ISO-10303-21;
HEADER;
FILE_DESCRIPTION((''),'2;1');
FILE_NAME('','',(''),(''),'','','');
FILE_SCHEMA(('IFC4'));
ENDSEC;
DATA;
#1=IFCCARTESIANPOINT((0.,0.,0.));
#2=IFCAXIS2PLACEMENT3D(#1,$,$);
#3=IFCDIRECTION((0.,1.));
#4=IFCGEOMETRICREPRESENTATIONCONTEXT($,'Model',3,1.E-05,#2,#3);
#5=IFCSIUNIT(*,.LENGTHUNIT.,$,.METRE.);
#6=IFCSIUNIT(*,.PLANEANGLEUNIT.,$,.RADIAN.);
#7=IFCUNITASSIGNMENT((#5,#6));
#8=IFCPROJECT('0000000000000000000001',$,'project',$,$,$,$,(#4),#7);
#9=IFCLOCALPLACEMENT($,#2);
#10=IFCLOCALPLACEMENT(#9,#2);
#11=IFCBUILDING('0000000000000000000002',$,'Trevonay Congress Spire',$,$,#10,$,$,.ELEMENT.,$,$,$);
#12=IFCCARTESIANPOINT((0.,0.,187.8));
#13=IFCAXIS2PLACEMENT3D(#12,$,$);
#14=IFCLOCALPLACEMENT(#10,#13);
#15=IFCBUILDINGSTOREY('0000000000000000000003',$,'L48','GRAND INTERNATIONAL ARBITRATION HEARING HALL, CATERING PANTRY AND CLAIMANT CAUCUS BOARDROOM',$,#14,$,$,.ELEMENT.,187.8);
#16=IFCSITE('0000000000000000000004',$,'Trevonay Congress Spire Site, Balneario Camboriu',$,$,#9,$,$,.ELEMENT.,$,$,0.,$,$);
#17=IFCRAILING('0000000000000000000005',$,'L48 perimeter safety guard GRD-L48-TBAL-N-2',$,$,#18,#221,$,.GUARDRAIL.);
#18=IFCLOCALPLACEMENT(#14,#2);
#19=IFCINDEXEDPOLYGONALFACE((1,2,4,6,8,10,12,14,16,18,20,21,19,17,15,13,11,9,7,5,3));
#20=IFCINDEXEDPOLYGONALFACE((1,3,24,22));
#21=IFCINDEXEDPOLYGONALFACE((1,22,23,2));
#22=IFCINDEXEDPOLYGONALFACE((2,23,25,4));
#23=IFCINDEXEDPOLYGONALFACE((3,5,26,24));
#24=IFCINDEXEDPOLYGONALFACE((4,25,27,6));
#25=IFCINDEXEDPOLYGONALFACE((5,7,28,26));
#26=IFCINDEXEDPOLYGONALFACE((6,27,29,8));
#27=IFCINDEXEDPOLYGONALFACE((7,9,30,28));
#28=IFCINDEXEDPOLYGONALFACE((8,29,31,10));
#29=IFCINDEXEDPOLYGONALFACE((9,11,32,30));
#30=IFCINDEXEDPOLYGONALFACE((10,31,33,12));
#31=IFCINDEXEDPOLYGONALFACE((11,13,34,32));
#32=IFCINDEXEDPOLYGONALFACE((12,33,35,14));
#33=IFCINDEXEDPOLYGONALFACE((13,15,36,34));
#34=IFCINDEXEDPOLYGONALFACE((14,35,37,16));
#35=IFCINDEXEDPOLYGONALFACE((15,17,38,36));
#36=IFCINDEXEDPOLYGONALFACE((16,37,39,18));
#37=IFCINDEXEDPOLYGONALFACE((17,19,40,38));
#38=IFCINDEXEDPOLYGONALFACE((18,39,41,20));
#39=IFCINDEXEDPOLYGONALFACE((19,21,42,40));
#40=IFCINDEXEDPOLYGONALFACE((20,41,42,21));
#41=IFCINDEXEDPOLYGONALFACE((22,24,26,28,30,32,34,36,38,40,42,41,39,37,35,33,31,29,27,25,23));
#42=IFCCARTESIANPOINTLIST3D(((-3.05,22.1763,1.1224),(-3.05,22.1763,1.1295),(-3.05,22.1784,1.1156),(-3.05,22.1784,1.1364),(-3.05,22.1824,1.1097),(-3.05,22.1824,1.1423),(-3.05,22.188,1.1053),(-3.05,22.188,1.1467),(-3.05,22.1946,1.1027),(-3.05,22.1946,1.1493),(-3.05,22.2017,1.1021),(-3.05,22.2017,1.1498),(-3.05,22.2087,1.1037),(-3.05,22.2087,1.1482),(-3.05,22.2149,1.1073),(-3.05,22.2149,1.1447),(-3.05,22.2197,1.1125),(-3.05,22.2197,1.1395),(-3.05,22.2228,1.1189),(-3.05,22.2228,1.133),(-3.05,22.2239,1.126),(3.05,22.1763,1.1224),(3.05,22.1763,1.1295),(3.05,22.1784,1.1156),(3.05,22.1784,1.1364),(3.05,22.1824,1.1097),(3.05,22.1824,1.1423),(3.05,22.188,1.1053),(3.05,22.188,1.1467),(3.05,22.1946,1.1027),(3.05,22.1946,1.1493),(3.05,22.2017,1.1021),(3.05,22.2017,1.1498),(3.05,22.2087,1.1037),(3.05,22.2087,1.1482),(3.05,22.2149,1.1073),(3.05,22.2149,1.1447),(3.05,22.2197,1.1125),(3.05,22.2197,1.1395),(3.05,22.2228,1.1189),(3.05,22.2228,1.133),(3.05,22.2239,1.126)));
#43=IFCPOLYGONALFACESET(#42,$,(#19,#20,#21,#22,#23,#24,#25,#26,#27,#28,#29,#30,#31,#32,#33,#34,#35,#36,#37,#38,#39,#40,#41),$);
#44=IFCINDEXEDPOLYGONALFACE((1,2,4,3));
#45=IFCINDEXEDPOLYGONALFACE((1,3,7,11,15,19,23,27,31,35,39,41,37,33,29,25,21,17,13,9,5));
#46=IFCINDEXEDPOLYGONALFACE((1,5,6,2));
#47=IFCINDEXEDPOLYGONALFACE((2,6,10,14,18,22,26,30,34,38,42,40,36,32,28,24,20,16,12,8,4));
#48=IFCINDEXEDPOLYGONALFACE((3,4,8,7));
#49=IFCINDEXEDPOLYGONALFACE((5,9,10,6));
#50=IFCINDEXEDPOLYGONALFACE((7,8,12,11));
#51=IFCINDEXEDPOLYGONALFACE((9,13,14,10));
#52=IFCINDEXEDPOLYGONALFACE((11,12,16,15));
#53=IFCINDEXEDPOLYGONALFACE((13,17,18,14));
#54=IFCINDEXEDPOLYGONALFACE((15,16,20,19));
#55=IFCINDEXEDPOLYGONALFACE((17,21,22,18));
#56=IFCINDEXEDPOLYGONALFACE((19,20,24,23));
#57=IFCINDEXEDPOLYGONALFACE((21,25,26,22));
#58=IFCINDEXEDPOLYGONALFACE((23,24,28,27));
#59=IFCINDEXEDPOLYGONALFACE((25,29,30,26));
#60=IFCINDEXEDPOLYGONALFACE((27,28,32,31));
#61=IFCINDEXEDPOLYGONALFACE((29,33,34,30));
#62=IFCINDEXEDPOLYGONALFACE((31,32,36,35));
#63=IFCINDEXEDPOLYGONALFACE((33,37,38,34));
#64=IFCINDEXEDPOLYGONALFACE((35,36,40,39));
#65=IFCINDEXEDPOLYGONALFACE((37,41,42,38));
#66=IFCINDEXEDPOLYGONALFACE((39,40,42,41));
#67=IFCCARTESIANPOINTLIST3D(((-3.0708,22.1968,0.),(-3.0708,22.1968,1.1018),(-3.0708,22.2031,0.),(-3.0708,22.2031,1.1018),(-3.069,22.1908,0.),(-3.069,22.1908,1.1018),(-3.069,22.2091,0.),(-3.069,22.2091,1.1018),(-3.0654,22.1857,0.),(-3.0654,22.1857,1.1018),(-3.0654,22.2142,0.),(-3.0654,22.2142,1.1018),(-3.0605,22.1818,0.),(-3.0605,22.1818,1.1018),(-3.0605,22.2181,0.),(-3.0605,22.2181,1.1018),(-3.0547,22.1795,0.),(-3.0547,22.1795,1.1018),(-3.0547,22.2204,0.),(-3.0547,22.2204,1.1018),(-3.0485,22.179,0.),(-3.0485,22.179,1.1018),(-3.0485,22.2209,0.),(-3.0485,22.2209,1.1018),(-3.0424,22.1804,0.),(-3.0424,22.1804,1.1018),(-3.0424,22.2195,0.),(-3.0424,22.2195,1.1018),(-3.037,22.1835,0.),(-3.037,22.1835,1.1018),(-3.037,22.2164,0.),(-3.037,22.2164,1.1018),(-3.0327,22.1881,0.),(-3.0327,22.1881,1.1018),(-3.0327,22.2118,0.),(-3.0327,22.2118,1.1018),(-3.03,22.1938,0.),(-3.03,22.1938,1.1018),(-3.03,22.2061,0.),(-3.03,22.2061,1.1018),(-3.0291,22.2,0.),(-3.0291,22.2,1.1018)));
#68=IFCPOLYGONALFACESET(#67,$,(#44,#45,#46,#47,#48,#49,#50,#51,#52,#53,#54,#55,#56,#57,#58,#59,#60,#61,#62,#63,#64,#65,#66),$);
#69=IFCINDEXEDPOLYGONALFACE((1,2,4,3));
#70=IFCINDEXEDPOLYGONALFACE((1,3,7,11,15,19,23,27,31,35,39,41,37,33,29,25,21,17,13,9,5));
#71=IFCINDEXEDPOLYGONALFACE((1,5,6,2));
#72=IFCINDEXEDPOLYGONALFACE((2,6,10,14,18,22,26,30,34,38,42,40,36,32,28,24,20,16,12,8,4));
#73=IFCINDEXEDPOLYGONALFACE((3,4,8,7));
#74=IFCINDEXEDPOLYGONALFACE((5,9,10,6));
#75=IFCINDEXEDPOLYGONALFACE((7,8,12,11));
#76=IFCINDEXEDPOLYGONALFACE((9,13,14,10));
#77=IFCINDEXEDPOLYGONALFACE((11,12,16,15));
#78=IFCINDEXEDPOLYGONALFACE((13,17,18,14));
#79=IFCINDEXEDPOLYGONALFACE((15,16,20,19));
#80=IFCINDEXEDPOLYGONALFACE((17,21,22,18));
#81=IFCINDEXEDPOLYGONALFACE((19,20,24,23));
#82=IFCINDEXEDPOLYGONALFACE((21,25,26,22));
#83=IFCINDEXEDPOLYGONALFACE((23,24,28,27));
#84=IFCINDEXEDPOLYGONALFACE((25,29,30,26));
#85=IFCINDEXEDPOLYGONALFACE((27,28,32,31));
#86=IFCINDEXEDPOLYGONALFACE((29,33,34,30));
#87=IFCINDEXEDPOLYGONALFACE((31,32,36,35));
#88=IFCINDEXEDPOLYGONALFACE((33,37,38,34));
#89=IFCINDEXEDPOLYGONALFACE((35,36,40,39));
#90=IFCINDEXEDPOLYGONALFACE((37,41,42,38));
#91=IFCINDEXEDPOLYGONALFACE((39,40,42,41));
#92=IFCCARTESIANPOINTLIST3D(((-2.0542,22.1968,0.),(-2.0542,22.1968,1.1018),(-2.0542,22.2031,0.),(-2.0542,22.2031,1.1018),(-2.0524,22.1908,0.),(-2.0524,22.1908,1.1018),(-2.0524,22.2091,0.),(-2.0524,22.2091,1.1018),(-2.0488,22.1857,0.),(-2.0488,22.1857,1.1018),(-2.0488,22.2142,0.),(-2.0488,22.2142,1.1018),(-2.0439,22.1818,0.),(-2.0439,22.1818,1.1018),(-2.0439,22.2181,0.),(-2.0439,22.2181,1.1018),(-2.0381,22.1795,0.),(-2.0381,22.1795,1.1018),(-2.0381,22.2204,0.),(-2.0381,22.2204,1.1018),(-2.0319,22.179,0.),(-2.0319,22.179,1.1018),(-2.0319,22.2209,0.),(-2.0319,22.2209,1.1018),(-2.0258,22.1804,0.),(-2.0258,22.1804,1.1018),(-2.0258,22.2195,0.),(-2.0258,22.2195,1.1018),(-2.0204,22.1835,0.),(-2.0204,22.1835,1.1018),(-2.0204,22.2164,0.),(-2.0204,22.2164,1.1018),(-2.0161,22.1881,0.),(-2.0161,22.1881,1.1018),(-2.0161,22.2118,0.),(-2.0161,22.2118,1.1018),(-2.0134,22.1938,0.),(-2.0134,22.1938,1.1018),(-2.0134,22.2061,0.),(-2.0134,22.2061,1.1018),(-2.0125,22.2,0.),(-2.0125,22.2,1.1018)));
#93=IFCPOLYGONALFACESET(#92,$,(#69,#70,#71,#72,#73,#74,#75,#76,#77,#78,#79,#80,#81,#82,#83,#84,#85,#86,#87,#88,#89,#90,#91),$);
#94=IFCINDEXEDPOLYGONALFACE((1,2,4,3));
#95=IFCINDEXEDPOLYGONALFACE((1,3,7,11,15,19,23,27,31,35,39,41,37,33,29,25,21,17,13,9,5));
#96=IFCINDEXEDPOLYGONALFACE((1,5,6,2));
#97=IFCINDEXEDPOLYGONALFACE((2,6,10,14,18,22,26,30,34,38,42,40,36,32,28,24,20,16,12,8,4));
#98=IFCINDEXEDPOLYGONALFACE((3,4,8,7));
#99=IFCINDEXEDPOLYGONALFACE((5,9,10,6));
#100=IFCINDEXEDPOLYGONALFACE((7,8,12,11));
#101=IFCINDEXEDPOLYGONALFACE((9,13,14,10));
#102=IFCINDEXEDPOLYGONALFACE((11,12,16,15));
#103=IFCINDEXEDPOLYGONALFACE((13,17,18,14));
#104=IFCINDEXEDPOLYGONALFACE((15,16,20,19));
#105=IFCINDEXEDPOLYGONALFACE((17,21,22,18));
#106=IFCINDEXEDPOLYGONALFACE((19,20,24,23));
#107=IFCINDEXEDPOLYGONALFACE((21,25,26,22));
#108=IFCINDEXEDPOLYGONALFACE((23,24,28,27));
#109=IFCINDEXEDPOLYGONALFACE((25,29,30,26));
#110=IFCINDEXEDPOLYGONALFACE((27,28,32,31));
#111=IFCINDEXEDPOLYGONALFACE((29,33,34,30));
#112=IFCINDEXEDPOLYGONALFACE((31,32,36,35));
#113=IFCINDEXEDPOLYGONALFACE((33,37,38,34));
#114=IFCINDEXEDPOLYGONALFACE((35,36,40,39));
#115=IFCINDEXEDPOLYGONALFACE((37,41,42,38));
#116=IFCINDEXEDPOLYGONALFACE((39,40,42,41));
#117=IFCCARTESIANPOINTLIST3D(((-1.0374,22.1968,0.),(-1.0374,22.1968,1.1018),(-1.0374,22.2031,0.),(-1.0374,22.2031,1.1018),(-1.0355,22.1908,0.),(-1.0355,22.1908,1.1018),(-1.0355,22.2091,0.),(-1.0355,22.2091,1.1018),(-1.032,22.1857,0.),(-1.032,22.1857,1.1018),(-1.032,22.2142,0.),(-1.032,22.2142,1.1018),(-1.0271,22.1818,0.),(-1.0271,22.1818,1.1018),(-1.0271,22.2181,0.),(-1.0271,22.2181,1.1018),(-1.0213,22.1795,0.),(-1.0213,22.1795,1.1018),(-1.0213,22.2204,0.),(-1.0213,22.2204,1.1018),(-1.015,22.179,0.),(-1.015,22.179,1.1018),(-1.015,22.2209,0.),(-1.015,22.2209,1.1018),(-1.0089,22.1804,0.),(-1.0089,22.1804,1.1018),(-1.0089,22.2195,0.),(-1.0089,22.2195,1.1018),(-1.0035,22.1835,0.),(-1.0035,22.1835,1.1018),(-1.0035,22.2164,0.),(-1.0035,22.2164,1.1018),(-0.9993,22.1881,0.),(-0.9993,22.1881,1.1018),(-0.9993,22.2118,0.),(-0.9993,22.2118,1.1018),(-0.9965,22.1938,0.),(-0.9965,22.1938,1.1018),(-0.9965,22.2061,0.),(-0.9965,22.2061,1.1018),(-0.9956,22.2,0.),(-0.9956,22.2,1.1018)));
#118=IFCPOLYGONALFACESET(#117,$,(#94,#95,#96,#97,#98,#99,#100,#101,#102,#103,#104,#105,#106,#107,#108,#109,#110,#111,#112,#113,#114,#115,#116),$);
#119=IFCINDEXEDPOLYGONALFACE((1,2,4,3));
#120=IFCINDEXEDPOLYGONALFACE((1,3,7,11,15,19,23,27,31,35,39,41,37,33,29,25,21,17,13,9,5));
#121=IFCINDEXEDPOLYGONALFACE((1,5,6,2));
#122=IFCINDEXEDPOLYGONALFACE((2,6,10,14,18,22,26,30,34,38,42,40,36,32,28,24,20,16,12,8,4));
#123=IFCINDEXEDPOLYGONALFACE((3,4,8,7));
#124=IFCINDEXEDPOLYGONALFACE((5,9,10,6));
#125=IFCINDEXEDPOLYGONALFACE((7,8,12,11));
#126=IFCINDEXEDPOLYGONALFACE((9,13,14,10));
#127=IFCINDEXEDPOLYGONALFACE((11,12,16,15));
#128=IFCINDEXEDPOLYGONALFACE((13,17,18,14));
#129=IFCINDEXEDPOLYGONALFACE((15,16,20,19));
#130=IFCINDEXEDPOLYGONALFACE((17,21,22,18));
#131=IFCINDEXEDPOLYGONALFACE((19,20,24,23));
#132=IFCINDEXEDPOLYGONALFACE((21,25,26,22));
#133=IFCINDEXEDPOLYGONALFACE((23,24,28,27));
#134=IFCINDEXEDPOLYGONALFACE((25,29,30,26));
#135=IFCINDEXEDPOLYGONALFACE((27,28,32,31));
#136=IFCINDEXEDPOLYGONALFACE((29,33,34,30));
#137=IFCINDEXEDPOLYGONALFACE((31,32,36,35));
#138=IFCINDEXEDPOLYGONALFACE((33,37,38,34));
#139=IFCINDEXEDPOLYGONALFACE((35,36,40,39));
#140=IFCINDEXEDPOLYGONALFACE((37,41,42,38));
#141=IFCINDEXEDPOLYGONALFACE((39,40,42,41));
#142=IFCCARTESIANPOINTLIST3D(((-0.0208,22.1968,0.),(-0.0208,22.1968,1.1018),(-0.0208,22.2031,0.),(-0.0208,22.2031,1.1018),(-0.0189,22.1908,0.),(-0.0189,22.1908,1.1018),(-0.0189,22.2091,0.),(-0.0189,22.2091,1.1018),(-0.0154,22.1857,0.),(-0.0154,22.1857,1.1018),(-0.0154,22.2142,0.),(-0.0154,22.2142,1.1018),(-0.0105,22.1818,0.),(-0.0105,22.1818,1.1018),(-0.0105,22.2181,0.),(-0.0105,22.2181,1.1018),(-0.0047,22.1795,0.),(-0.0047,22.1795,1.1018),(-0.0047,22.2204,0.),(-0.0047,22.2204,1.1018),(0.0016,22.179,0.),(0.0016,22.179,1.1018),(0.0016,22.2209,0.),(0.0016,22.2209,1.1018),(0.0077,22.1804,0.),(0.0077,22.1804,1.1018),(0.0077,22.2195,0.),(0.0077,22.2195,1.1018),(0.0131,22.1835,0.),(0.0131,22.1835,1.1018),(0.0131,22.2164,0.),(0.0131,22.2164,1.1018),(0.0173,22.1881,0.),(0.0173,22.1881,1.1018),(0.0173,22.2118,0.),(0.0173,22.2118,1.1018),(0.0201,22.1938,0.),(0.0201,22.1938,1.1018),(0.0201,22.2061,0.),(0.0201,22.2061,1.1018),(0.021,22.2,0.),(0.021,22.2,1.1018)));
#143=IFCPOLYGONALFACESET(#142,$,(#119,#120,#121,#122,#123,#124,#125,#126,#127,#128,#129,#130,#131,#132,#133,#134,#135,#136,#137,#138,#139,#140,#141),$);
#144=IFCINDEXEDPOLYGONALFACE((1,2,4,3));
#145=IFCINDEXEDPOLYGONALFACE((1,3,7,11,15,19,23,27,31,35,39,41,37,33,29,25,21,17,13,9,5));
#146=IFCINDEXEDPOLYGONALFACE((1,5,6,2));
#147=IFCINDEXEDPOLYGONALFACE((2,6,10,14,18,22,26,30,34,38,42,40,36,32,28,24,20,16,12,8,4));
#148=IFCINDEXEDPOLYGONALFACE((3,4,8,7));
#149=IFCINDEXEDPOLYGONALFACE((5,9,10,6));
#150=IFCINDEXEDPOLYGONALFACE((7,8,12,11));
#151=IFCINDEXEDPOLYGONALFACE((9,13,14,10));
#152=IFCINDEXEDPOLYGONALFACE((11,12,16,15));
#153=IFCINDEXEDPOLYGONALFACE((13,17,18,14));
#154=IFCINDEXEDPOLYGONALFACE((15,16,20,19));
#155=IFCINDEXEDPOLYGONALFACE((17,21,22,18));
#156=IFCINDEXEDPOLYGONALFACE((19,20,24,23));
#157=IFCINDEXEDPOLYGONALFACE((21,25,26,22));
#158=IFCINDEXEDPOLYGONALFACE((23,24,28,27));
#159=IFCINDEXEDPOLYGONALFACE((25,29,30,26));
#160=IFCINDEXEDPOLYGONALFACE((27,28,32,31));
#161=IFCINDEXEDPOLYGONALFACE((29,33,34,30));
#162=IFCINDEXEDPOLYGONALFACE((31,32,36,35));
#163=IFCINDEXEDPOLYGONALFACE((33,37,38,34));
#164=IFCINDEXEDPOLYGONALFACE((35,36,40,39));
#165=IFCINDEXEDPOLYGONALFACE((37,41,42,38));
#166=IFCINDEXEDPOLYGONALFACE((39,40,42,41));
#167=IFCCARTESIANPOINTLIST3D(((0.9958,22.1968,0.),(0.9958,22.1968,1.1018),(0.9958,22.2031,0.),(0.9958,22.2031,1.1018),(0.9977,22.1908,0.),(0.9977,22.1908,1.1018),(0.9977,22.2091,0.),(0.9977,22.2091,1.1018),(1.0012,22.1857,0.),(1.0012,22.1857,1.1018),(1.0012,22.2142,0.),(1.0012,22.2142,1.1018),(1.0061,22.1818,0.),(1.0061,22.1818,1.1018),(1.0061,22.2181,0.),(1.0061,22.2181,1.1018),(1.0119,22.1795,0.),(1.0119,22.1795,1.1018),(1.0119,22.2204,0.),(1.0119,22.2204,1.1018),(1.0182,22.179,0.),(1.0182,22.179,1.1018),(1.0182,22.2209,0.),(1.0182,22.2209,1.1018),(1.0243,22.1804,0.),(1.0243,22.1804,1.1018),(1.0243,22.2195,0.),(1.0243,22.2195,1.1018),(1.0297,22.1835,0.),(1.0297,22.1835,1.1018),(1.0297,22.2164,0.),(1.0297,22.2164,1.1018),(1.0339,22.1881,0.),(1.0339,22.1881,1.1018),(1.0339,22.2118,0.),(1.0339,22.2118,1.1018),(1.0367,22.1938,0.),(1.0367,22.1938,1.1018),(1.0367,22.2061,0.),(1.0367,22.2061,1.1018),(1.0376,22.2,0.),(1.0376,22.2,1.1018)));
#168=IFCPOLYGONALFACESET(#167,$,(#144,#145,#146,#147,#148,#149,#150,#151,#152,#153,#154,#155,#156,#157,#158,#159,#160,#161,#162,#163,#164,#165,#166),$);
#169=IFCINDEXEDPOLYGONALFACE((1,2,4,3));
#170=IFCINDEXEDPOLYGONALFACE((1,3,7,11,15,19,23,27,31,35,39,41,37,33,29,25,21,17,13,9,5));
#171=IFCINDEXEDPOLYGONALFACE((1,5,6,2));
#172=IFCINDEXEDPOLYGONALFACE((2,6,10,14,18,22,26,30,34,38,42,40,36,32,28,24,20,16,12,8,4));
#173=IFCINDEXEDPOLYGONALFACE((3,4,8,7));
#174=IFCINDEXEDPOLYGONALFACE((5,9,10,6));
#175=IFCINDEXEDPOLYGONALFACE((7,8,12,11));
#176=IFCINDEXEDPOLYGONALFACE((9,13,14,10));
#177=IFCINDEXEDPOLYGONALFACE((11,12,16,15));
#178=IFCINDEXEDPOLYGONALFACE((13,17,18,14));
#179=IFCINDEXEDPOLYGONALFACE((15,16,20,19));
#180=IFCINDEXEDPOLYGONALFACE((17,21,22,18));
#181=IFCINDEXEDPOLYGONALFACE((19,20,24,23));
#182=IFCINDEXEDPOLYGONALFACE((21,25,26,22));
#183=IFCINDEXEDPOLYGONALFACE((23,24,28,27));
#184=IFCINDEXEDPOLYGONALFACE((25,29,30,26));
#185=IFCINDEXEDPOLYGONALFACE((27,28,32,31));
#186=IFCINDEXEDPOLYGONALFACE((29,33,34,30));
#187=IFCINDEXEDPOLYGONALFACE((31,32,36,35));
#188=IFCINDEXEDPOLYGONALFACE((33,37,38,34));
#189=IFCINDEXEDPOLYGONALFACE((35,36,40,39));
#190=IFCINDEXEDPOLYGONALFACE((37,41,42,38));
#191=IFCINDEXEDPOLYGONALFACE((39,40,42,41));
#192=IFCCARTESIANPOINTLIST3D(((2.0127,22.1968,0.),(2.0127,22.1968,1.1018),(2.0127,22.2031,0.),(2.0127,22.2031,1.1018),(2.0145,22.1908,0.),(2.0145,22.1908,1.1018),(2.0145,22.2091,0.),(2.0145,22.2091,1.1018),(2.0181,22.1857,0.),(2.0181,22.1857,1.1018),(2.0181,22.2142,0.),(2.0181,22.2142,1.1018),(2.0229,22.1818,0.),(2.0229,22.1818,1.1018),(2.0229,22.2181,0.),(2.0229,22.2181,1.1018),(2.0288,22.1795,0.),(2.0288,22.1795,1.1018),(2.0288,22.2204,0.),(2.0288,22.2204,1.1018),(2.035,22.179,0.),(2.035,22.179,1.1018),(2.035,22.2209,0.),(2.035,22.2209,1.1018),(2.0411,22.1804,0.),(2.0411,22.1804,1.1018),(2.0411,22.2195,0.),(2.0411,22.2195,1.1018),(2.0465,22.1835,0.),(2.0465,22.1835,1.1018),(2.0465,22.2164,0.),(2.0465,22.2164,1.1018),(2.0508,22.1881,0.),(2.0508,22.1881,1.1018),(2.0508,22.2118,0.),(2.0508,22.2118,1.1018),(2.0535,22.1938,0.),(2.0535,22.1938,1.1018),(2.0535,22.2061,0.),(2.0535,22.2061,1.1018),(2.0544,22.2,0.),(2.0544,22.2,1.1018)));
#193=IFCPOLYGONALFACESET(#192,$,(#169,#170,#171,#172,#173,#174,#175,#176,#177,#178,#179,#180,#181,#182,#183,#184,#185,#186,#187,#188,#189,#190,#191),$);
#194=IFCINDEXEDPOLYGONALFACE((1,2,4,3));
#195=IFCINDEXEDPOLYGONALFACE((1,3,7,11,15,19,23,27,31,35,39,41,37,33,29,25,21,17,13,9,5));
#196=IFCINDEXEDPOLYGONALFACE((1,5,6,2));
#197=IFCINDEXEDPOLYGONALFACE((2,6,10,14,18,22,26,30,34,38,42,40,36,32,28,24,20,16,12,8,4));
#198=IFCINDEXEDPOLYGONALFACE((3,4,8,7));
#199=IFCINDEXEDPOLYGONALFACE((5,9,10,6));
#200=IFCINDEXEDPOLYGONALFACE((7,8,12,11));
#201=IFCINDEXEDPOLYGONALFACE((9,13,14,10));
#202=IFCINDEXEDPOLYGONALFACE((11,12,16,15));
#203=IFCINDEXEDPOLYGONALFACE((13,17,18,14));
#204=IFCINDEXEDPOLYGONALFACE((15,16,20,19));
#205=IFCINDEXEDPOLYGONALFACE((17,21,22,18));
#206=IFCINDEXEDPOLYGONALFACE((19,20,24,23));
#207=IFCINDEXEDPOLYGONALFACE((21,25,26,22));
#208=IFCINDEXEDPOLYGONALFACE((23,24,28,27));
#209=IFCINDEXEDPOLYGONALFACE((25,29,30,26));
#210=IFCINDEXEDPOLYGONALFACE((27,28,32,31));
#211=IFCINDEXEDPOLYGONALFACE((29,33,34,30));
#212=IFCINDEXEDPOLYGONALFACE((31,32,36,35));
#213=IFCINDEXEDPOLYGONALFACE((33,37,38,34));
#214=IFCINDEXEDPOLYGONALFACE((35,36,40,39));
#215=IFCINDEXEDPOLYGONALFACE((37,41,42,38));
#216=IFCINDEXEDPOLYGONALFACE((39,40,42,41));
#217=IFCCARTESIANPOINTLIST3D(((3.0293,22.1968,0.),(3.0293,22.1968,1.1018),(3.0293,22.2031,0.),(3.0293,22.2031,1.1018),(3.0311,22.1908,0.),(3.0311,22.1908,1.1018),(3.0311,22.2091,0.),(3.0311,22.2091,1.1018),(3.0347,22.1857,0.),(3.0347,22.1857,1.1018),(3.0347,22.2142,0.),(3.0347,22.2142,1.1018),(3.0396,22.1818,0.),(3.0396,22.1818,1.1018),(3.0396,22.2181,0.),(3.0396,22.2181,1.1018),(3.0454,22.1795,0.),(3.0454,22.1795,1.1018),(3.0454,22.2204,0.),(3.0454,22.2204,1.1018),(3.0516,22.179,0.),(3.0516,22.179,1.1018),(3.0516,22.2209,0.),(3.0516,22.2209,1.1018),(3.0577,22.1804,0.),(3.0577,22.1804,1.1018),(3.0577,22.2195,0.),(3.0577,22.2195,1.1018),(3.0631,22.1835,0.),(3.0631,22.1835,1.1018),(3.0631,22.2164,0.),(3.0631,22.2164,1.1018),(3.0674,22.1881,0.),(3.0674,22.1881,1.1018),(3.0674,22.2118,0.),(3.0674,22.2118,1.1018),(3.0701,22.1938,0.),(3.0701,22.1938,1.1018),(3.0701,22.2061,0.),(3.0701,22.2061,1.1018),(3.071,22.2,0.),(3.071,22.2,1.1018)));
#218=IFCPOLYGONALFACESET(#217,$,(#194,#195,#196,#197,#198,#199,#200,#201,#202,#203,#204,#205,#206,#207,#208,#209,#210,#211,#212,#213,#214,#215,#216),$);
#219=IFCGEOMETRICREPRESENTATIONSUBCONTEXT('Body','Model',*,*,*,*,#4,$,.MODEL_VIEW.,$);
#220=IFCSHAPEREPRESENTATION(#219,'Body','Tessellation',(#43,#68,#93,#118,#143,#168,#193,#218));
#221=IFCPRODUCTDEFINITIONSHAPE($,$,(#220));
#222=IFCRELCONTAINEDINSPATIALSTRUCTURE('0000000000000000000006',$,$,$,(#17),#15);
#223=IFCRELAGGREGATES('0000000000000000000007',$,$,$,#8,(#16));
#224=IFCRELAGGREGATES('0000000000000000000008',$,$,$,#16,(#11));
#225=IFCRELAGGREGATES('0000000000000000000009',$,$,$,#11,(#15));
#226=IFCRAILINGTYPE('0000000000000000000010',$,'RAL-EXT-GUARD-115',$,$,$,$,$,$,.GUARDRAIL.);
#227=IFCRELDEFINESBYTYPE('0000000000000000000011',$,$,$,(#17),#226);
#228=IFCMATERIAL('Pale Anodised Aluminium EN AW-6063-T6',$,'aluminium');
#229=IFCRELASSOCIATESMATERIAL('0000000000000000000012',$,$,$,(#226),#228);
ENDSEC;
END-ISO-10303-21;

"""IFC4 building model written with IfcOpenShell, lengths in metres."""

from ifc_helpers import new_model, si_unit, direction, frame, origin, origin_2d, place, context, subcontext, project, spatial, circle, extrude, material, type_object, element, save


model = new_model("IFC4")

# Units and contexts
model_context = context("Model", 3, precision=1e-05, world=origin(), true_north=direction((0.0, 1.0)))
body_context = subcontext(model_context, "Body", "Model", "MODEL_VIEW")
ifc_project = project(units=[si_unit("LENGTHUNIT", "METRE"), si_unit("PLANEANGLEUNIT", "RADIAN")], contexts=[model_context])

# Site, building, storey
site_placement = place(None, origin())
site = spatial("IfcSite", under=ifc_project, at=site_placement, Name="Trevonay Congress Spire Site, Balneario Camboriu", CompositionType="ELEMENT", RefElevation=0.0)
building_placement = place(site_placement, origin())
building = spatial("IfcBuilding", under=site, at=building_placement, Name="Trevonay Congress Spire", CompositionType="ELEMENT")
storey_placement = place(building_placement, frame((0.0, 0.0, 187.8)))
storey = spatial("IfcBuildingStorey", under=building, at=storey_placement, Name="L48", Description="GRAND INTERNATIONAL ARBITRATION HEARING HALL, CATERING PANTRY AND CLAIMANT CAUCUS BOARDROOM", CompositionType="ELEMENT", Elevation=187.8)

# Shared definitions
ifc_material_1 = material(Name="Pale Anodised Aluminium EN AW-6063-T6", Category="aluminium")

# Railing
railing_type = type_object("IfcRailingType", Name="RAL-EXT-GUARD-115", PredefinedType="GUARDRAIL", material=ifc_material_1)
railing_1_placement = place(storey_placement, frame((-3.05, 22.2, 0.0)))
element("IfcRailing", 1, at=railing_1_placement, inside=storey, type_object=railing_type, Name="L48 perimeter safety guard GRD-L48-TBAL-N-2", PredefinedType="GUARDRAIL", context=body_context, shape_type="SweptSolid", body=[
    extrude(circle(Radius=0.0239, at=origin_2d()), frame((0.0, 0.0, 1.126), z_axis=(1.0, 0.0, 0.0), x_axis=(0.0, 1.0, 0.0)), (0.0, 0.0, 1.0), 6.1001),
    extrude(circle(Radius=0.021, at=origin_2d()), origin(), (0.0, 0.0, 1.0), 1.1018),
    extrude(circle(Radius=0.021, at=origin_2d()), frame((1.0166, 0.0, 0.0)), (0.0, 0.0, 1.0), 1.1018),
    extrude(circle(Radius=0.021, at=origin_2d()), frame((2.0334, 0.0, 0.0)), (0.0, 0.0, 1.0), 1.1018),
    extrude(circle(Radius=0.021, at=origin_2d()), frame((3.05, 0.0, 0.0)), (0.0, 0.0, 1.0), 1.1018),
    extrude(circle(Radius=0.021, at=origin_2d()), frame((4.0667, 0.0, 0.0)), (0.0, 0.0, 1.0), 1.1018),
    extrude(circle(Radius=0.021, at=origin_2d()), frame((5.0835, 0.0, 0.0)), (0.0, 0.0, 1.0), 1.1018),
    extrude(circle(Radius=0.021, at=origin_2d()), frame((6.1001, 0.0, 0.0)), (0.0, 0.0, 1.0), 1.1018),
])

save(model, "model.ifc")
